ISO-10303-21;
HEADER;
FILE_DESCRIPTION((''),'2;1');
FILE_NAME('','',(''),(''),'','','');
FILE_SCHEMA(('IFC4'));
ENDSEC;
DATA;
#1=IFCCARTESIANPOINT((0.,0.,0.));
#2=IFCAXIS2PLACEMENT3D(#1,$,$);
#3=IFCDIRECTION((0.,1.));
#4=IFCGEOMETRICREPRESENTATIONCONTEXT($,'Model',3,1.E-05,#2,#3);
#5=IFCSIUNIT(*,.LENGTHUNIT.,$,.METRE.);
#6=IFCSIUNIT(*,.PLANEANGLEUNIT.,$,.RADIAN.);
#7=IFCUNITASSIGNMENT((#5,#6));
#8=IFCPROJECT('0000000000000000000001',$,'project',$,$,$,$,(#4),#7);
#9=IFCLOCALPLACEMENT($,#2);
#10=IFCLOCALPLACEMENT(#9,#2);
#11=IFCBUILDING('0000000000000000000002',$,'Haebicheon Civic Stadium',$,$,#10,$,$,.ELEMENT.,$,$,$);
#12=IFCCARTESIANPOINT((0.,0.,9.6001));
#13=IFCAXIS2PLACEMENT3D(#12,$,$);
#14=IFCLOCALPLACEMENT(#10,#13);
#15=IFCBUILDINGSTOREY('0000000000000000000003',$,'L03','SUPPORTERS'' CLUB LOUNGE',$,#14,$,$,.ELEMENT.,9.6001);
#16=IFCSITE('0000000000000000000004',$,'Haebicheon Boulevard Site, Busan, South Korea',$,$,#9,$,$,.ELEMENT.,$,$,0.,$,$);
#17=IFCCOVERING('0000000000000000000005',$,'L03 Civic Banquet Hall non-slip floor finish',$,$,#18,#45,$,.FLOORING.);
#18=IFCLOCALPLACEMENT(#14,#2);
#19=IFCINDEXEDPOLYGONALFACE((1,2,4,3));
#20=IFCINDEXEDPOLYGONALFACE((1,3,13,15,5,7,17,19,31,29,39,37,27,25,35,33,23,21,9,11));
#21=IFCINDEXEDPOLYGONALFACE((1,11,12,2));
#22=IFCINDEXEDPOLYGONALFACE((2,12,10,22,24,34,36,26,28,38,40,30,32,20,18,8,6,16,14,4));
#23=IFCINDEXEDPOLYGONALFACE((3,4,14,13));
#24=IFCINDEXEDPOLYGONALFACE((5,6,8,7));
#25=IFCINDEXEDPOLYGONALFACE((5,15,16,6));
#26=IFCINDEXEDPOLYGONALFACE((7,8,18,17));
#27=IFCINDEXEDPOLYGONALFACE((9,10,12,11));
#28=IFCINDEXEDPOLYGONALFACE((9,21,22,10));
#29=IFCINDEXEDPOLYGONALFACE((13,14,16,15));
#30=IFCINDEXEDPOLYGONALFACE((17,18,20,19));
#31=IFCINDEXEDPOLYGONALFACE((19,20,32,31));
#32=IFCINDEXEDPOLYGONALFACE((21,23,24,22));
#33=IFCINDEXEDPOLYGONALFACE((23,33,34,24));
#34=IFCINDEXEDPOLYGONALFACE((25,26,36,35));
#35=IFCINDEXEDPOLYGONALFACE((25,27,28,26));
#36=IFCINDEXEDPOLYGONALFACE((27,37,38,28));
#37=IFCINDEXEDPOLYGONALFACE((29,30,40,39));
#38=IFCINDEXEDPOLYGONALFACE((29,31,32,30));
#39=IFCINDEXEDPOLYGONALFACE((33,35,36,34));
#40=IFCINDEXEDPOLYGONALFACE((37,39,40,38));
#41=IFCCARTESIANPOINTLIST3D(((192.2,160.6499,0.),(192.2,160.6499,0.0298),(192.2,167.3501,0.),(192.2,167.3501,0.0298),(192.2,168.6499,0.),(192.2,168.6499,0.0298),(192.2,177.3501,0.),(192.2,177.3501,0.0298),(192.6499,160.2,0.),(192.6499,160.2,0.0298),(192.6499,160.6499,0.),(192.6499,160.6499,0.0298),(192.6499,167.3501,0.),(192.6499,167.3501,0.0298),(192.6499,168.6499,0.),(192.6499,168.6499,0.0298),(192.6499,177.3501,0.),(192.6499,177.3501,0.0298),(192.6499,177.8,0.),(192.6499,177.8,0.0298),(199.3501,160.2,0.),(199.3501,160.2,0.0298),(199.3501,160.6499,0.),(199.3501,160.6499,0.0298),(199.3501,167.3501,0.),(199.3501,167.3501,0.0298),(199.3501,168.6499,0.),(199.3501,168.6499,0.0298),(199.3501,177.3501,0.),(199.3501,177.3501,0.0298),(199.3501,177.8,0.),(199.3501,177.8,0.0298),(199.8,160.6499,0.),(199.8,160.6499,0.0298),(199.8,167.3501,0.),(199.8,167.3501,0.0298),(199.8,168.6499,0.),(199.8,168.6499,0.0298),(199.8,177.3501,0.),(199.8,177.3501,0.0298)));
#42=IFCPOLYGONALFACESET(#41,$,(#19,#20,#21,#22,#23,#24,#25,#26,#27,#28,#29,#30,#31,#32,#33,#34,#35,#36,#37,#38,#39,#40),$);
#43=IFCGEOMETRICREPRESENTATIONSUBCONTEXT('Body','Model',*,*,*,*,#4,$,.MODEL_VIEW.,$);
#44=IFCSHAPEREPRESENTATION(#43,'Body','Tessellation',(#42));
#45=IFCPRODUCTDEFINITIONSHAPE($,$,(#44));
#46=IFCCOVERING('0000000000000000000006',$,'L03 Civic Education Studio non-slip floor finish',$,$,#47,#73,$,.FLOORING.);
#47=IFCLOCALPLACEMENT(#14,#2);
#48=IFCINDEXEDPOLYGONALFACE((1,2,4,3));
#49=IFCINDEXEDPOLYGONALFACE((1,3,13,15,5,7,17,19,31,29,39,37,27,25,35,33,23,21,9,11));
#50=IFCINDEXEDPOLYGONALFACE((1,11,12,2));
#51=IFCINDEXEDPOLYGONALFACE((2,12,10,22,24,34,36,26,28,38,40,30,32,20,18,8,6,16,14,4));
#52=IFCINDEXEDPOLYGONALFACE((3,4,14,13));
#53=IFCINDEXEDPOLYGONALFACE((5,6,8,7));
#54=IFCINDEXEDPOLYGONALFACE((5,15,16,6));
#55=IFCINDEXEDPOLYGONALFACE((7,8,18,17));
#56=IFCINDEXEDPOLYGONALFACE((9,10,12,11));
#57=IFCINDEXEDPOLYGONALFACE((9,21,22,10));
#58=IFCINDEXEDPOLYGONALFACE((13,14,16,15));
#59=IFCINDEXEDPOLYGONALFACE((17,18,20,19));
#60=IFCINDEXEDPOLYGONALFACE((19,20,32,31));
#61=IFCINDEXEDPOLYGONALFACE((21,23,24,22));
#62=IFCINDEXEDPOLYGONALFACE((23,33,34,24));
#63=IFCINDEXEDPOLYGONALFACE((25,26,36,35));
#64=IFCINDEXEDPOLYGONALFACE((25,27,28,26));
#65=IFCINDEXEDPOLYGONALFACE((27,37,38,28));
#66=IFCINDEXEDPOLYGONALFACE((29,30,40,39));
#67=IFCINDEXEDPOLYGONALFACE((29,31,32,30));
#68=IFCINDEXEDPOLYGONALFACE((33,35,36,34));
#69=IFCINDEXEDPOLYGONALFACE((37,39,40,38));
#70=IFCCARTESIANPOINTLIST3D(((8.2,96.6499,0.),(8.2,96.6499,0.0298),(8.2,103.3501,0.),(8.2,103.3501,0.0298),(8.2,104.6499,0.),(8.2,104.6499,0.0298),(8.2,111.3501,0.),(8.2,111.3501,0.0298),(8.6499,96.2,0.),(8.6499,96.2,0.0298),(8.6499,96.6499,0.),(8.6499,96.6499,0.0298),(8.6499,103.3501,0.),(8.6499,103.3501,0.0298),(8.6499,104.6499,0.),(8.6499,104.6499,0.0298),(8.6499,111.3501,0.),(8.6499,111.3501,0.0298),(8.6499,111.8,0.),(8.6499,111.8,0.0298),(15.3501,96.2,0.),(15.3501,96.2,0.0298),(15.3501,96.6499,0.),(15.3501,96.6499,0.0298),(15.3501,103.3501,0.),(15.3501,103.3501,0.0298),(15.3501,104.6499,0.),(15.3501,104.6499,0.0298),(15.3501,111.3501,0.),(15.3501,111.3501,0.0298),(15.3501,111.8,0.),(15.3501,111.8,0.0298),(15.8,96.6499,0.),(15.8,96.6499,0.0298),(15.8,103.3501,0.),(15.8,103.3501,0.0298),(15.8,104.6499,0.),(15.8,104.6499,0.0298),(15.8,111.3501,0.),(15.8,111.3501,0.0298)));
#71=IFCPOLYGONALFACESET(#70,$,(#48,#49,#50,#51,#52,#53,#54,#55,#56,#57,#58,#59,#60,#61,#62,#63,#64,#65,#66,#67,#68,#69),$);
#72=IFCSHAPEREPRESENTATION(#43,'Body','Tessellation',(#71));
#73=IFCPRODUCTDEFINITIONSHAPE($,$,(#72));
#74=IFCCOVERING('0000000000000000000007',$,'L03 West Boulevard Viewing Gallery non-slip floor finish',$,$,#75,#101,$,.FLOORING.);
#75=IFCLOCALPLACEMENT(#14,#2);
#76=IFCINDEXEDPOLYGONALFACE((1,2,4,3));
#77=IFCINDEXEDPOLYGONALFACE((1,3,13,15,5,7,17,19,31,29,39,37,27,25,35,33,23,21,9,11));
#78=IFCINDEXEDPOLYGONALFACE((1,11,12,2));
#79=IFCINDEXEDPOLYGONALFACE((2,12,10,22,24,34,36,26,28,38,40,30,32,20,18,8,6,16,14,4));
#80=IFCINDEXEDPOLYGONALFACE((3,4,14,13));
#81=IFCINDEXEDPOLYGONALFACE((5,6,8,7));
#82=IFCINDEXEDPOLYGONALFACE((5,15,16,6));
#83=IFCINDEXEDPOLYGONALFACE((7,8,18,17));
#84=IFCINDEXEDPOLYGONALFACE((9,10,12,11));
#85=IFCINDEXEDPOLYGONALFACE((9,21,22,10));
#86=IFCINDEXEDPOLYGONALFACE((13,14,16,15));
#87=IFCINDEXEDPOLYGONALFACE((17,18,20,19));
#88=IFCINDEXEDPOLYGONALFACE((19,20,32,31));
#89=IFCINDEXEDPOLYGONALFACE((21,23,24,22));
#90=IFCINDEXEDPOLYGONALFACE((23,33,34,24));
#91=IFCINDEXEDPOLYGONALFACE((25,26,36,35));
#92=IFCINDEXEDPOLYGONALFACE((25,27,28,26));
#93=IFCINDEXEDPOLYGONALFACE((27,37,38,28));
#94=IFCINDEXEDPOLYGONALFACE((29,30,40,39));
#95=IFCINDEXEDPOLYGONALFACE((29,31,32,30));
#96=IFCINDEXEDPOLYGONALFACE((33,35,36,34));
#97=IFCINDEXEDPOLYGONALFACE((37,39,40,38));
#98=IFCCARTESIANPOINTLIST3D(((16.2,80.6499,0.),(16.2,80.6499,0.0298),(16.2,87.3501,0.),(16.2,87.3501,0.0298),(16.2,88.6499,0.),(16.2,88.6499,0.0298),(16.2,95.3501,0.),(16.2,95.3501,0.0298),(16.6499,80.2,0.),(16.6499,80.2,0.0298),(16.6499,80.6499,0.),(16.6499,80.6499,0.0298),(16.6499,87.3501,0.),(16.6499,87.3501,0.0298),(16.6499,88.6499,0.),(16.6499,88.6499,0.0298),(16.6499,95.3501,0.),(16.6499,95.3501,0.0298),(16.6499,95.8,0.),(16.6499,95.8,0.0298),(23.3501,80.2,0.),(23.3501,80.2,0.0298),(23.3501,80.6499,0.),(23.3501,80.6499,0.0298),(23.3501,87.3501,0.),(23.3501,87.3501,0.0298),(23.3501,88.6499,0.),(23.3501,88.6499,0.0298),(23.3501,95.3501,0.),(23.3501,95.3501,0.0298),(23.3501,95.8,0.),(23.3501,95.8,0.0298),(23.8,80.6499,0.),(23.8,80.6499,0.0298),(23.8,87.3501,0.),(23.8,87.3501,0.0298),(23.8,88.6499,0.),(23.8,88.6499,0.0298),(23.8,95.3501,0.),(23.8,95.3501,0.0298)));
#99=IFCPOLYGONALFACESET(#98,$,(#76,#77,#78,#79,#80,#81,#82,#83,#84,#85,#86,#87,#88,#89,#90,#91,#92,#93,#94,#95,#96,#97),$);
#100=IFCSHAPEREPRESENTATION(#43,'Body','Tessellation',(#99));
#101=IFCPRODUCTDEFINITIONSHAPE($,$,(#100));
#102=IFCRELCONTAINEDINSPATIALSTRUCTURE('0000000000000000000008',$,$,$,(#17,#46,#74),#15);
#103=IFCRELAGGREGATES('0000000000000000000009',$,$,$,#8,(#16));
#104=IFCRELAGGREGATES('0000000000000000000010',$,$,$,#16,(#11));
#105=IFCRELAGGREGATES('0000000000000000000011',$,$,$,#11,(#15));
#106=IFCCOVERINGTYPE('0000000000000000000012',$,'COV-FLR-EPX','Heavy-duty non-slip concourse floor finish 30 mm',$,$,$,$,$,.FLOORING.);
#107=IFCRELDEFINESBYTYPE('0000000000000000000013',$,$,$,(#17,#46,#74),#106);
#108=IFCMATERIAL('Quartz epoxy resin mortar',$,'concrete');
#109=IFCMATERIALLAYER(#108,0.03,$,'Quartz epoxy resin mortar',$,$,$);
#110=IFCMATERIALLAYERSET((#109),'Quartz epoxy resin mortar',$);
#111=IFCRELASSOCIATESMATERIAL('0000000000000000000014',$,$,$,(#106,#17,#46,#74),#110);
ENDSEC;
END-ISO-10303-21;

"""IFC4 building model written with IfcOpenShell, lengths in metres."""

from ifc_helpers import new_model, si_unit, direction, frame, origin, place, context, subcontext, project, spatial, polyline, outline, extrude, material, layer, layer_set, type_object, element, save


model = new_model("IFC4")

# Units and contexts
model_context = context("Model", 3, precision=1e-05, world=origin(), true_north=direction((0.0, 1.0)))
body_context = subcontext(model_context, "Body", "Model", "MODEL_VIEW")
ifc_project = project(units=[si_unit("LENGTHUNIT", "METRE"), si_unit("PLANEANGLEUNIT", "RADIAN")], contexts=[model_context])

# Site, building, storey
site_placement = place(None, origin())
site = spatial("IfcSite", under=ifc_project, at=site_placement, Name="Haebicheon Boulevard Site, Busan, South Korea", CompositionType="ELEMENT", RefElevation=0.0)
building_placement = place(site_placement, origin())
building = spatial("IfcBuilding", under=site, at=building_placement, Name="Haebicheon Civic Stadium", CompositionType="ELEMENT")
storey_placement = place(building_placement, frame((0.0, 0.0, 9.6001)))
storey = spatial("IfcBuildingStorey", under=building, at=storey_placement, Name="L03", Description="SUPPORTERS' CLUB LOUNGE", CompositionType="ELEMENT", Elevation=9.6001)

# Coverings
ifc_material_1 = material(Name="Quartz epoxy resin mortar", Category="concrete")
ifc_layer_1 = layer(ifc_material_1, 0.03, Name="Quartz epoxy resin mortar")
ifc_layer_set_1 = layer_set([ifc_layer_1], Name="Quartz epoxy resin mortar")
covering_type_1 = type_object("IfcCoveringType", Name="COV-FLR-EPX", Description="Heavy-duty non-slip concourse floor finish 30 mm", PredefinedType="FLOORING", material=ifc_layer_set_1)
covering_1_placement = place(storey_placement, origin())
element("IfcCovering", 1, at=covering_1_placement, inside=storey, type_object=covering_type_1, material=ifc_layer_set_1, Name="L03 Civic Banquet Hall non-slip floor finish", PredefinedType="FLOORING", context=body_context, shape_type="SweptSolid", body=[
    extrude(outline(polyline([(192.6499, 160.2), (192.6499, 160.6499), (192.2, 160.6499), (192.2, 167.3501), (192.6499, 167.3501), (192.6499, 168.6499), (192.2, 168.6499), (192.2, 177.3501), (192.6499, 177.3501), (192.6499, 177.8), (199.3501, 177.8), (199.3501, 177.3501), (199.8, 177.3501), (199.8, 168.6499), (199.3501, 168.6499), (199.3501, 167.3501), (199.8, 167.3501), (199.8, 160.6499), (199.3501, 160.6499), (199.3501, 160.2), (192.6499, 160.2)])), origin(), (0.0, 0.0, 1.0), 0.0298),
])
covering_2_placement = place(storey_placement, origin())
element("IfcCovering", 2, at=covering_2_placement, inside=storey, type_object=covering_type_1, material=ifc_layer_set_1, Name="L03 Civic Education Studio non-slip floor finish", PredefinedType="FLOORING", context=body_context, shape_type="SweptSolid", body=[
    extrude(outline(polyline([(8.6499, 96.2), (8.6499, 96.6499), (8.2, 96.6499), (8.2, 103.3501), (8.6499, 103.3501), (8.6499, 104.6499), (8.2, 104.6499), (8.2, 111.3501), (8.6499, 111.3501), (8.6499, 111.8), (15.3501, 111.8), (15.3501, 111.3501), (15.8, 111.3501), (15.8, 104.6499), (15.3501, 104.6499), (15.3501, 103.3501), (15.8, 103.3501), (15.8, 96.6499), (15.3501, 96.6499), (15.3501, 96.2), (8.6499, 96.2)])), origin(), (0.0, 0.0, 1.0), 0.0298),
])
covering_3_placement = place(storey_placement, origin())
element("IfcCovering", 3, at=covering_3_placement, inside=storey, type_object=covering_type_1, material=ifc_layer_set_1, Name="L03 West Boulevard Viewing Gallery non-slip floor finish", PredefinedType="FLOORING", context=body_context, shape_type="SweptSolid", body=[
    extrude(outline(polyline([(16.6499, 80.2), (16.6499, 80.6499), (16.2, 80.6499), (16.2, 87.3501), (16.6499, 87.3501), (16.6499, 88.6499), (16.2, 88.6499), (16.2, 95.3501), (16.6499, 95.3501), (16.6499, 95.8), (23.3501, 95.8), (23.3501, 95.3501), (23.8, 95.3501), (23.8, 88.6499), (23.3501, 88.6499), (23.3501, 87.3501), (23.8, 87.3501), (23.8, 80.6499), (23.3501, 80.6499), (23.3501, 80.2), (16.6499, 80.2)])), origin(), (0.0, 0.0, 1.0), 0.0298),
])

save(model, "model.ifc")
